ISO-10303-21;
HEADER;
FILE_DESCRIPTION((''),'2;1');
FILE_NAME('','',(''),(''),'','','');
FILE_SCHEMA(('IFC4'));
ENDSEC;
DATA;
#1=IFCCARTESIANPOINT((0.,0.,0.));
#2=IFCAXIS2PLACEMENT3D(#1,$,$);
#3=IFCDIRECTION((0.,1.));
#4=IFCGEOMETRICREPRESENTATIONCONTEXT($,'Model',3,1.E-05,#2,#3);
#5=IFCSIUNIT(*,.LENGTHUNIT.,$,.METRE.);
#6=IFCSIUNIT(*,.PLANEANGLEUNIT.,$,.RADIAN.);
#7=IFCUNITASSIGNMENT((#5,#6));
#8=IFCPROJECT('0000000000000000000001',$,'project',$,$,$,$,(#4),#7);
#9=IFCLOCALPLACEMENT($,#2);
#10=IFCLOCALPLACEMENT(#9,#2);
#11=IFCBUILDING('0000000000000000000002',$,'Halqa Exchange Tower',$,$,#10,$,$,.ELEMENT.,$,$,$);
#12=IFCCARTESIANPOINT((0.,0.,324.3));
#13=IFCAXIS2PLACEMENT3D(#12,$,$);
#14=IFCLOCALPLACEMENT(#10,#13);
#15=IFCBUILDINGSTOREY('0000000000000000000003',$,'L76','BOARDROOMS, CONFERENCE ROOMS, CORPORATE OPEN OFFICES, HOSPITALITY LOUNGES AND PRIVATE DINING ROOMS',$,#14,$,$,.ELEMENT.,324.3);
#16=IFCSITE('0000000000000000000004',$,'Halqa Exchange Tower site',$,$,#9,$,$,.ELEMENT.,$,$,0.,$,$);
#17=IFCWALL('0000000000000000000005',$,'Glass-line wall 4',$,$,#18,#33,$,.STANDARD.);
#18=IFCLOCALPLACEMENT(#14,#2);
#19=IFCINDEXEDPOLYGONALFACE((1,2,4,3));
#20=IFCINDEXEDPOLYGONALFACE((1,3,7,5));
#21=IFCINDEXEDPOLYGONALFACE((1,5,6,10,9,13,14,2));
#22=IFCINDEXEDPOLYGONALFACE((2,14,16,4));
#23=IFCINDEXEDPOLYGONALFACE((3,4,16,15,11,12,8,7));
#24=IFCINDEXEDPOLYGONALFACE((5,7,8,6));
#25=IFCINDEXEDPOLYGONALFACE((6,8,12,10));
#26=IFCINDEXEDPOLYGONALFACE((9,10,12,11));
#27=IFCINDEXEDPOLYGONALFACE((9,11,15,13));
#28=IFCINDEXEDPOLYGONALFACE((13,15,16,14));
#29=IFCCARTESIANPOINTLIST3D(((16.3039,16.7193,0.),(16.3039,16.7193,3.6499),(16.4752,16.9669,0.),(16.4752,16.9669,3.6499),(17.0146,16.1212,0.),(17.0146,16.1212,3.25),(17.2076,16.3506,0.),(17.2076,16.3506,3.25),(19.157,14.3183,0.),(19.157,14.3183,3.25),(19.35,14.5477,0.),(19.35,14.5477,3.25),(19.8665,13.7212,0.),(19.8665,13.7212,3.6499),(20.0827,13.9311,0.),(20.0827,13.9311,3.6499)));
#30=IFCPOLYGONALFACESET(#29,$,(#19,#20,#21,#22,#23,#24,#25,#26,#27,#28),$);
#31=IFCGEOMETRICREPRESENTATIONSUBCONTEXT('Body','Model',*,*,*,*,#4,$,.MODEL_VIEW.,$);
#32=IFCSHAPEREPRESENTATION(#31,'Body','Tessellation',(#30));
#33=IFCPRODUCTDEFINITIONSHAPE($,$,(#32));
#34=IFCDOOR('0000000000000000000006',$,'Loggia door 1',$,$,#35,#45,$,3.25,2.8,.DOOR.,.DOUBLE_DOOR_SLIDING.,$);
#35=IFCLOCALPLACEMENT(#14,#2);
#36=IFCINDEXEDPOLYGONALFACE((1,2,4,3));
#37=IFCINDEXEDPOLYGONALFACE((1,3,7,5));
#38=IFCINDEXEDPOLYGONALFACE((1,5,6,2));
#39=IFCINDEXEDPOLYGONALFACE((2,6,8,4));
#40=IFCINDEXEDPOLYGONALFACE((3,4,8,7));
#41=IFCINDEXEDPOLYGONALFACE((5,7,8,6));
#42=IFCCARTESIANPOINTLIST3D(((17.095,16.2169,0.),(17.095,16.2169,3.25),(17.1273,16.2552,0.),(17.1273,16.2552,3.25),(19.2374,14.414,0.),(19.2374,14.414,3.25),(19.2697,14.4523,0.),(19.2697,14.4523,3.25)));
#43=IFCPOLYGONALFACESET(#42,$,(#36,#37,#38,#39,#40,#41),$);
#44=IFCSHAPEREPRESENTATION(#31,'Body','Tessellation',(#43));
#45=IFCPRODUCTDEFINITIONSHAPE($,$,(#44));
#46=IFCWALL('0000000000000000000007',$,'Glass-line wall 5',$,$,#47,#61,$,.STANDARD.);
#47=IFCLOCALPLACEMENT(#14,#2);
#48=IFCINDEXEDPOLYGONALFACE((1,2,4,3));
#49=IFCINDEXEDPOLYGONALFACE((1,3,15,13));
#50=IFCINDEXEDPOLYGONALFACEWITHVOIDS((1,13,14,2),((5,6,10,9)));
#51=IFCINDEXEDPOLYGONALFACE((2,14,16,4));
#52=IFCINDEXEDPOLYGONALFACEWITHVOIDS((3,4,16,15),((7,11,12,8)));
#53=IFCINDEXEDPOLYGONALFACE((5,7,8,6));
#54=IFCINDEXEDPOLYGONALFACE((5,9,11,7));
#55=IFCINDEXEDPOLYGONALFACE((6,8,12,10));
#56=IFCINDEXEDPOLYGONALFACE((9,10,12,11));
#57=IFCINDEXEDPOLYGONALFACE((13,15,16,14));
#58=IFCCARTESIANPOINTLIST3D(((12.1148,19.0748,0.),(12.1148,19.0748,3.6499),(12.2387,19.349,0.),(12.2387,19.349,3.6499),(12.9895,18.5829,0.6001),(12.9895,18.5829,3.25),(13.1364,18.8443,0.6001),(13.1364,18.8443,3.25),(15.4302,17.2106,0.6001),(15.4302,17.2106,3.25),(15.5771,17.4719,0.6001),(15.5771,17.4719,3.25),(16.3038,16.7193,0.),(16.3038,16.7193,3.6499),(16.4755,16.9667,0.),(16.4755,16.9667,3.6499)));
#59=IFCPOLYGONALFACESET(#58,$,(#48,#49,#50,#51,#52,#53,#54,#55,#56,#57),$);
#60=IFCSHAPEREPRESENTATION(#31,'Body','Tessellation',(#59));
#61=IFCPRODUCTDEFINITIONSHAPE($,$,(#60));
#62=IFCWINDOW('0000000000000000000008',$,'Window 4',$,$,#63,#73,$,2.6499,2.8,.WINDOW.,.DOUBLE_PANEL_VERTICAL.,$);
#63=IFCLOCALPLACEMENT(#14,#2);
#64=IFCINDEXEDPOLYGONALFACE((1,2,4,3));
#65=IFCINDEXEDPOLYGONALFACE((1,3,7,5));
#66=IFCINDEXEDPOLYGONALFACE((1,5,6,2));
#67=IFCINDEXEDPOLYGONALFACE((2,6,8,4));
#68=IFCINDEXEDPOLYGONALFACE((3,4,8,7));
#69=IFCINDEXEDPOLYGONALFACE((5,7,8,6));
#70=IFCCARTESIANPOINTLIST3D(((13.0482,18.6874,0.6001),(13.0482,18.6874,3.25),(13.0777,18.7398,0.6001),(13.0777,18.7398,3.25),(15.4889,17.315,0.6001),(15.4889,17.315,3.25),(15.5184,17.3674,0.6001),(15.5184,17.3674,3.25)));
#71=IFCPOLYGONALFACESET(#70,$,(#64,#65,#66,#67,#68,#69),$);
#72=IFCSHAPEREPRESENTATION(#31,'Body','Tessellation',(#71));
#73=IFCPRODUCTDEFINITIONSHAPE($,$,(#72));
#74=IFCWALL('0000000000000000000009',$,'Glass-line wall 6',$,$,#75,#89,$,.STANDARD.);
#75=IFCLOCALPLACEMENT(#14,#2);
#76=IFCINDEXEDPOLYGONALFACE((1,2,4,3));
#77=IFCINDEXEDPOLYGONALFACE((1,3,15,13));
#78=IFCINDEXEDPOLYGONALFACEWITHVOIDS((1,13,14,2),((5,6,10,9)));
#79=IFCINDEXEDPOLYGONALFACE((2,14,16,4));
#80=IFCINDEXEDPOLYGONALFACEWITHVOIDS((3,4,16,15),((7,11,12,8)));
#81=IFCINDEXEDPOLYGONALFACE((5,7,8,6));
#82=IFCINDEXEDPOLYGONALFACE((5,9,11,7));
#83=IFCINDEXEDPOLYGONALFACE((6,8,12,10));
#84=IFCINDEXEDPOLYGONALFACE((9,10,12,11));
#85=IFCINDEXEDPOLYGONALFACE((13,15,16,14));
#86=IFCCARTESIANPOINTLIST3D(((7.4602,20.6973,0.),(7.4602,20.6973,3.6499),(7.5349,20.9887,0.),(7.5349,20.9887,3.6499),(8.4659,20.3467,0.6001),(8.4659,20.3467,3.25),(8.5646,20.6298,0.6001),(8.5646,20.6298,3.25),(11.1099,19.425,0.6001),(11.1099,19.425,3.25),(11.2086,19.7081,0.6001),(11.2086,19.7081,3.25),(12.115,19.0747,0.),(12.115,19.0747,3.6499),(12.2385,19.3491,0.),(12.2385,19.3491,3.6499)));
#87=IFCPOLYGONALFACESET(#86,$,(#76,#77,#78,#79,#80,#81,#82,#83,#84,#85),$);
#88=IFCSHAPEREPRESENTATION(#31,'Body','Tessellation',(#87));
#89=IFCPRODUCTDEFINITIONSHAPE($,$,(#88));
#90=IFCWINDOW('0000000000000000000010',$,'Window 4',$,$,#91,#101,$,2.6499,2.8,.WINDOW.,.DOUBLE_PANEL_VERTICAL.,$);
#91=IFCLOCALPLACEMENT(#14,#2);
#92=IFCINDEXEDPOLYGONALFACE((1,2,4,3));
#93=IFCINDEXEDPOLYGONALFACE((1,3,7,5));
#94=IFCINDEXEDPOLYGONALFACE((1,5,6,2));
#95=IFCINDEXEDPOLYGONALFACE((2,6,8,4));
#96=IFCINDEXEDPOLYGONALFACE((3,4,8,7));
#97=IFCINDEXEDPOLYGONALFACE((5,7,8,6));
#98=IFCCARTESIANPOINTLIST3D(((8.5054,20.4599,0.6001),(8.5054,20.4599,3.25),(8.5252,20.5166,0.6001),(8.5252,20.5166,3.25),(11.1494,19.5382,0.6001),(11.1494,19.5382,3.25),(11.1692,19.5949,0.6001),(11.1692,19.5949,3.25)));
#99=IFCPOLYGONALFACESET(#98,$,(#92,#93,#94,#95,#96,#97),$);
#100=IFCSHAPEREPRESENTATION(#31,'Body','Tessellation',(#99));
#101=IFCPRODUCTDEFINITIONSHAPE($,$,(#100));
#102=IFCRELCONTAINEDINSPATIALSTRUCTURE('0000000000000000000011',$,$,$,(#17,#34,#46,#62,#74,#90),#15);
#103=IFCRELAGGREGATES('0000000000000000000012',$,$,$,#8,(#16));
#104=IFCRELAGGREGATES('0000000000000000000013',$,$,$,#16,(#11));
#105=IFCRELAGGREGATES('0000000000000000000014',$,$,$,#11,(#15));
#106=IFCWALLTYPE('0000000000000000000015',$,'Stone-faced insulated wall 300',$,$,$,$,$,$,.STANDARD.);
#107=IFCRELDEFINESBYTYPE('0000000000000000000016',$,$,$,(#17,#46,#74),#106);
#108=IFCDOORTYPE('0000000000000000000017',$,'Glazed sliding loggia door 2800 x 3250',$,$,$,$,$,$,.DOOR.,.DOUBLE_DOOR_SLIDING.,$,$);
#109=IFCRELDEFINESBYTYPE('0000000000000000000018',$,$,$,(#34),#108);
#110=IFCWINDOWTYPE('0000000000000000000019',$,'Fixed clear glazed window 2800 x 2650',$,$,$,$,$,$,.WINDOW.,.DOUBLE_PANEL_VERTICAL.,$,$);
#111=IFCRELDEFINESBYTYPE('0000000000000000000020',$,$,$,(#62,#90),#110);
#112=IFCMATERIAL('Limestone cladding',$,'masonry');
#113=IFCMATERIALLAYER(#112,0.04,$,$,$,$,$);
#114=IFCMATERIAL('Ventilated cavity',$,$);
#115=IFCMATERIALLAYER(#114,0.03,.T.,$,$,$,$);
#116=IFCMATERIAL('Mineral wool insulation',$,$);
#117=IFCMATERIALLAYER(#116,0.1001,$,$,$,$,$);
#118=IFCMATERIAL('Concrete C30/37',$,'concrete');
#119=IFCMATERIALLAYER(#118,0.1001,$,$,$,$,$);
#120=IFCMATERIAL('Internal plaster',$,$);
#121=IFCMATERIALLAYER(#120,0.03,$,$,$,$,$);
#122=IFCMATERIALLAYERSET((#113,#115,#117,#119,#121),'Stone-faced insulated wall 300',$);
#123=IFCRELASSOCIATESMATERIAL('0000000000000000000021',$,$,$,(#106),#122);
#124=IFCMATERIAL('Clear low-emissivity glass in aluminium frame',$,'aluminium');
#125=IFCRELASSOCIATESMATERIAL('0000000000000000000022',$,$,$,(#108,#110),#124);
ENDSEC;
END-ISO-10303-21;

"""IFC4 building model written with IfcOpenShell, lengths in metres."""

from ifc_helpers import new_model, si_unit, direction, frame, frame_2d, origin, place, context, subcontext, project, spatial, polyline, rectangle, outline, extrude, material, layer, layer_set, type_object, element, fill, save


model = new_model("IFC4")

# Units and contexts
model_context = context("Model", 3, precision=1e-05, world=origin(), true_north=direction((0.0, 1.0)))
body_context = subcontext(model_context, "Body", "Model", "MODEL_VIEW")
ifc_project = project(units=[si_unit("LENGTHUNIT", "METRE"), si_unit("PLANEANGLEUNIT", "RADIAN")], contexts=[model_context])

# Site, building, storey
site_placement = place(None, origin())
site = spatial("IfcSite", under=ifc_project, at=site_placement, Name="Halqa Exchange Tower site", CompositionType="ELEMENT", RefElevation=0.0)
building_placement = place(site_placement, origin())
building = spatial("IfcBuilding", under=site, at=building_placement, Name="Halqa Exchange Tower", CompositionType="ELEMENT")
storey_placement = place(building_placement, frame((0.0, 0.0, 324.3)))
storey = spatial("IfcBuildingStorey", under=building, at=storey_placement, Name="L76", Description="BOARDROOMS, CONFERENCE ROOMS, CORPORATE OPEN OFFICES, HOSPITALITY LOUNGES AND PRIVATE DINING ROOMS", CompositionType="ELEMENT", Elevation=324.3)

# Wall, opening, door
ifc_material_1 = material(Name="Limestone cladding", Category="masonry")
ifc_layer_1 = layer(ifc_material_1, 0.04)
ifc_material_2 = material(Name="Ventilated cavity")
ifc_layer_2 = layer(ifc_material_2, 0.03, ventilated=True)
ifc_material_3 = material(Name="Mineral wool insulation")
ifc_layer_3 = layer(ifc_material_3, 0.1001)
ifc_material_4 = material(Name="Concrete C30/37", Category="concrete")
ifc_layer_4 = layer(ifc_material_4, 0.1001)
ifc_material_5 = material(Name="Internal plaster")
ifc_layer_5 = layer(ifc_material_5, 0.03)
ifc_layer_set_1 = layer_set([ifc_layer_1, ifc_layer_2, ifc_layer_3, ifc_layer_4, ifc_layer_5], Name="Stone-faced insulated wall 300")
wall_type_1 = type_object("IfcWallType", Name="Stone-faced insulated wall 300", PredefinedType="STANDARD", material=ifc_layer_set_1)
wall_1_placement = place(storey_placement, frame((19.9746, 13.8262, 0.0), z_axis=(0.0, 0.0, 1.0), x_axis=(-0.765129, 0.643877, 0.0)))
wall_1 = element("IfcWall", 1, at=wall_1_placement, inside=storey, type_object=wall_type_1, Name="Glass-line wall 4", PredefinedType="STANDARD", context=body_context, shape_type="SweptSolid", body=[
    extrude(outline(polyline([(-0.0151, -0.1499), (4.6997, -0.1499), (4.6714, 0.1499), (0.0151, 0.1499), (-0.0151, -0.1499)])), origin(), (0.0, 0.0, 1.0), 3.6499),
])
opening_1_placement = place(wall_1_placement, frame((0.9426, 0.0, 0.0)))
opening_1 = element("IfcOpeningElement", 2, at=opening_1_placement, cuts=wall_1, PredefinedType="OPENING", context=body_context, shape_type="SweptSolid", body=[
    extrude(rectangle(XDim=2.8, YDim=3.25, at=frame_2d((1.3999, 1.625))), frame((0.0, 0.1621, 0.0), z_axis=(0.0, -1.0, 0.0), x_axis=(1.0, 0.0, 0.0)), (0.0, 0.0, 1.0), 0.324),
])
ifc_material_6 = material(Name="Clear low-emissivity glass in aluminium frame", Category="aluminium")
door_type = type_object("IfcDoorType", Name="Glazed sliding loggia door 2800 x 3250", OperationType="DOUBLE_DOOR_SLIDING", PredefinedType="DOOR", material=ifc_material_6)
door_placement = place(opening_1_placement, origin())
door = element("IfcDoor", 3, at=door_placement, inside=storey, type_object=door_type, Name="Loggia door 1", OperationType="DOUBLE_DOOR_SLIDING", OverallHeight=3.25, OverallWidth=2.8, PredefinedType="DOOR", context=body_context, shape_type="SweptSolid", body=[
    extrude(rectangle(XDim=2.8, YDim=3.25, at=frame_2d((1.3999, 1.625))), frame((0.0, 0.0249, 0.0), z_axis=(0.0, -1.0, 0.0), x_axis=(1.0, 0.0, 0.0)), (0.0, 0.0, 1.0), 0.05),
])
fill(opening_1, door)

# Walls, openings, windows
wall_2_placement = place(storey_placement, frame((16.3896, 16.843, 0.0), z_axis=(0.0, 0.0, 1.0), x_axis=(-0.871651, 0.490127, 0.0)))
wall_2 = element("IfcWall", 4, at=wall_2_placement, inside=storey, type_object=wall_type_1, Name="Glass-line wall 5", PredefinedType="STANDARD", context=body_context, shape_type="SweptSolid", body=[
    extrude(outline(polyline([(-0.0142, -0.1499), (4.8464, -0.1499), (4.8201, 0.1499), (0.0142, 0.1499), (-0.0142, -0.1499)])), origin(), (0.0, 0.0, 1.0), 3.6499),
])
opening_2_placement = place(wall_2_placement, frame((1.0166, 0.0, 0.6001)))
opening_2 = element("IfcOpeningElement", 5, at=opening_2_placement, cuts=wall_2, PredefinedType="OPENING", context=body_context, shape_type="SweptSolid", body=[
    extrude(rectangle(XDim=2.8, YDim=2.6499, at=frame_2d((1.3999, 1.325))), frame((0.0, 0.1621, 0.0), z_axis=(0.0, -1.0, 0.0), x_axis=(1.0, 0.0, 0.0)), (0.0, 0.0, 1.0), 0.324),
])
window_type = type_object("IfcWindowType", Name="Fixed clear glazed window 2800 x 2650", PartitioningType="DOUBLE_PANEL_VERTICAL", PredefinedType="WINDOW", material=ifc_material_6)
window_1_placement = place(opening_2_placement, origin())
window_1 = element("IfcWindow", 6, at=window_1_placement, inside=storey, type_object=window_type, Name="Window 4", OverallHeight=2.6499, OverallWidth=2.8, PartitioningType="DOUBLE_PANEL_VERTICAL", PredefinedType="WINDOW", context=body_context, shape_type="SweptSolid", body=[
    extrude(rectangle(XDim=2.8, YDim=2.6499, at=frame_2d((1.3999, 1.325))), frame((0.0, 0.03, 0.0), z_axis=(0.0, -1.0, 0.0), x_axis=(1.0, 0.0, 0.0)), (0.0, 0.0, 1.0), 0.0601),
])
fill(opening_2, window_1)
wall_3_placement = place(storey_placement, frame((12.1768, 19.2119, 0.0), z_axis=(0.0, 0.0, 1.0), x_axis=(-0.944274, 0.329161, 0.0)))
wall_3 = element("IfcWall", 7, at=wall_3_placement, inside=storey, type_object=wall_type_1, Name="Glass-line wall 6", PredefinedType="STANDARD", context=body_context, shape_type="SweptSolid", body=[
    extrude(outline(polyline([(-0.0132, -0.1499), (4.968, -0.1499), (4.9426, 0.1499), (0.0132, 0.1499), (-0.0132, -0.1499)])), origin(), (0.0, 0.0, 1.0), 3.6499),
])
opening_3_placement = place(wall_3_placement, frame((1.0776, 0.0, 0.6001)))
opening_3 = element("IfcOpeningElement", 8, at=opening_3_placement, cuts=wall_3, PredefinedType="OPENING", context=body_context, shape_type="SweptSolid", body=[
    extrude(rectangle(XDim=2.8, YDim=2.6499, at=frame_2d((1.3999, 1.325))), frame((0.0, 0.1621, 0.0), z_axis=(0.0, -1.0, 0.0), x_axis=(1.0, 0.0, 0.0)), (0.0, 0.0, 1.0), 0.324),
])
window_2_placement = place(opening_3_placement, origin())
window_2 = element("IfcWindow", 9, at=window_2_placement, inside=storey, type_object=window_type, Name="Window 4", OverallHeight=2.6499, OverallWidth=2.8, PartitioningType="DOUBLE_PANEL_VERTICAL", PredefinedType="WINDOW", context=body_context, shape_type="SweptSolid", body=[
    extrude(rectangle(XDim=2.8, YDim=2.6499, at=frame_2d((1.3999, 1.325))), frame((0.0, 0.03, 0.0), z_axis=(0.0, -1.0, 0.0), x_axis=(1.0, 0.0, 0.0)), (0.0, 0.0, 1.0), 0.0601),
])
fill(opening_3, window_2)

save(model, "model.ifc")
